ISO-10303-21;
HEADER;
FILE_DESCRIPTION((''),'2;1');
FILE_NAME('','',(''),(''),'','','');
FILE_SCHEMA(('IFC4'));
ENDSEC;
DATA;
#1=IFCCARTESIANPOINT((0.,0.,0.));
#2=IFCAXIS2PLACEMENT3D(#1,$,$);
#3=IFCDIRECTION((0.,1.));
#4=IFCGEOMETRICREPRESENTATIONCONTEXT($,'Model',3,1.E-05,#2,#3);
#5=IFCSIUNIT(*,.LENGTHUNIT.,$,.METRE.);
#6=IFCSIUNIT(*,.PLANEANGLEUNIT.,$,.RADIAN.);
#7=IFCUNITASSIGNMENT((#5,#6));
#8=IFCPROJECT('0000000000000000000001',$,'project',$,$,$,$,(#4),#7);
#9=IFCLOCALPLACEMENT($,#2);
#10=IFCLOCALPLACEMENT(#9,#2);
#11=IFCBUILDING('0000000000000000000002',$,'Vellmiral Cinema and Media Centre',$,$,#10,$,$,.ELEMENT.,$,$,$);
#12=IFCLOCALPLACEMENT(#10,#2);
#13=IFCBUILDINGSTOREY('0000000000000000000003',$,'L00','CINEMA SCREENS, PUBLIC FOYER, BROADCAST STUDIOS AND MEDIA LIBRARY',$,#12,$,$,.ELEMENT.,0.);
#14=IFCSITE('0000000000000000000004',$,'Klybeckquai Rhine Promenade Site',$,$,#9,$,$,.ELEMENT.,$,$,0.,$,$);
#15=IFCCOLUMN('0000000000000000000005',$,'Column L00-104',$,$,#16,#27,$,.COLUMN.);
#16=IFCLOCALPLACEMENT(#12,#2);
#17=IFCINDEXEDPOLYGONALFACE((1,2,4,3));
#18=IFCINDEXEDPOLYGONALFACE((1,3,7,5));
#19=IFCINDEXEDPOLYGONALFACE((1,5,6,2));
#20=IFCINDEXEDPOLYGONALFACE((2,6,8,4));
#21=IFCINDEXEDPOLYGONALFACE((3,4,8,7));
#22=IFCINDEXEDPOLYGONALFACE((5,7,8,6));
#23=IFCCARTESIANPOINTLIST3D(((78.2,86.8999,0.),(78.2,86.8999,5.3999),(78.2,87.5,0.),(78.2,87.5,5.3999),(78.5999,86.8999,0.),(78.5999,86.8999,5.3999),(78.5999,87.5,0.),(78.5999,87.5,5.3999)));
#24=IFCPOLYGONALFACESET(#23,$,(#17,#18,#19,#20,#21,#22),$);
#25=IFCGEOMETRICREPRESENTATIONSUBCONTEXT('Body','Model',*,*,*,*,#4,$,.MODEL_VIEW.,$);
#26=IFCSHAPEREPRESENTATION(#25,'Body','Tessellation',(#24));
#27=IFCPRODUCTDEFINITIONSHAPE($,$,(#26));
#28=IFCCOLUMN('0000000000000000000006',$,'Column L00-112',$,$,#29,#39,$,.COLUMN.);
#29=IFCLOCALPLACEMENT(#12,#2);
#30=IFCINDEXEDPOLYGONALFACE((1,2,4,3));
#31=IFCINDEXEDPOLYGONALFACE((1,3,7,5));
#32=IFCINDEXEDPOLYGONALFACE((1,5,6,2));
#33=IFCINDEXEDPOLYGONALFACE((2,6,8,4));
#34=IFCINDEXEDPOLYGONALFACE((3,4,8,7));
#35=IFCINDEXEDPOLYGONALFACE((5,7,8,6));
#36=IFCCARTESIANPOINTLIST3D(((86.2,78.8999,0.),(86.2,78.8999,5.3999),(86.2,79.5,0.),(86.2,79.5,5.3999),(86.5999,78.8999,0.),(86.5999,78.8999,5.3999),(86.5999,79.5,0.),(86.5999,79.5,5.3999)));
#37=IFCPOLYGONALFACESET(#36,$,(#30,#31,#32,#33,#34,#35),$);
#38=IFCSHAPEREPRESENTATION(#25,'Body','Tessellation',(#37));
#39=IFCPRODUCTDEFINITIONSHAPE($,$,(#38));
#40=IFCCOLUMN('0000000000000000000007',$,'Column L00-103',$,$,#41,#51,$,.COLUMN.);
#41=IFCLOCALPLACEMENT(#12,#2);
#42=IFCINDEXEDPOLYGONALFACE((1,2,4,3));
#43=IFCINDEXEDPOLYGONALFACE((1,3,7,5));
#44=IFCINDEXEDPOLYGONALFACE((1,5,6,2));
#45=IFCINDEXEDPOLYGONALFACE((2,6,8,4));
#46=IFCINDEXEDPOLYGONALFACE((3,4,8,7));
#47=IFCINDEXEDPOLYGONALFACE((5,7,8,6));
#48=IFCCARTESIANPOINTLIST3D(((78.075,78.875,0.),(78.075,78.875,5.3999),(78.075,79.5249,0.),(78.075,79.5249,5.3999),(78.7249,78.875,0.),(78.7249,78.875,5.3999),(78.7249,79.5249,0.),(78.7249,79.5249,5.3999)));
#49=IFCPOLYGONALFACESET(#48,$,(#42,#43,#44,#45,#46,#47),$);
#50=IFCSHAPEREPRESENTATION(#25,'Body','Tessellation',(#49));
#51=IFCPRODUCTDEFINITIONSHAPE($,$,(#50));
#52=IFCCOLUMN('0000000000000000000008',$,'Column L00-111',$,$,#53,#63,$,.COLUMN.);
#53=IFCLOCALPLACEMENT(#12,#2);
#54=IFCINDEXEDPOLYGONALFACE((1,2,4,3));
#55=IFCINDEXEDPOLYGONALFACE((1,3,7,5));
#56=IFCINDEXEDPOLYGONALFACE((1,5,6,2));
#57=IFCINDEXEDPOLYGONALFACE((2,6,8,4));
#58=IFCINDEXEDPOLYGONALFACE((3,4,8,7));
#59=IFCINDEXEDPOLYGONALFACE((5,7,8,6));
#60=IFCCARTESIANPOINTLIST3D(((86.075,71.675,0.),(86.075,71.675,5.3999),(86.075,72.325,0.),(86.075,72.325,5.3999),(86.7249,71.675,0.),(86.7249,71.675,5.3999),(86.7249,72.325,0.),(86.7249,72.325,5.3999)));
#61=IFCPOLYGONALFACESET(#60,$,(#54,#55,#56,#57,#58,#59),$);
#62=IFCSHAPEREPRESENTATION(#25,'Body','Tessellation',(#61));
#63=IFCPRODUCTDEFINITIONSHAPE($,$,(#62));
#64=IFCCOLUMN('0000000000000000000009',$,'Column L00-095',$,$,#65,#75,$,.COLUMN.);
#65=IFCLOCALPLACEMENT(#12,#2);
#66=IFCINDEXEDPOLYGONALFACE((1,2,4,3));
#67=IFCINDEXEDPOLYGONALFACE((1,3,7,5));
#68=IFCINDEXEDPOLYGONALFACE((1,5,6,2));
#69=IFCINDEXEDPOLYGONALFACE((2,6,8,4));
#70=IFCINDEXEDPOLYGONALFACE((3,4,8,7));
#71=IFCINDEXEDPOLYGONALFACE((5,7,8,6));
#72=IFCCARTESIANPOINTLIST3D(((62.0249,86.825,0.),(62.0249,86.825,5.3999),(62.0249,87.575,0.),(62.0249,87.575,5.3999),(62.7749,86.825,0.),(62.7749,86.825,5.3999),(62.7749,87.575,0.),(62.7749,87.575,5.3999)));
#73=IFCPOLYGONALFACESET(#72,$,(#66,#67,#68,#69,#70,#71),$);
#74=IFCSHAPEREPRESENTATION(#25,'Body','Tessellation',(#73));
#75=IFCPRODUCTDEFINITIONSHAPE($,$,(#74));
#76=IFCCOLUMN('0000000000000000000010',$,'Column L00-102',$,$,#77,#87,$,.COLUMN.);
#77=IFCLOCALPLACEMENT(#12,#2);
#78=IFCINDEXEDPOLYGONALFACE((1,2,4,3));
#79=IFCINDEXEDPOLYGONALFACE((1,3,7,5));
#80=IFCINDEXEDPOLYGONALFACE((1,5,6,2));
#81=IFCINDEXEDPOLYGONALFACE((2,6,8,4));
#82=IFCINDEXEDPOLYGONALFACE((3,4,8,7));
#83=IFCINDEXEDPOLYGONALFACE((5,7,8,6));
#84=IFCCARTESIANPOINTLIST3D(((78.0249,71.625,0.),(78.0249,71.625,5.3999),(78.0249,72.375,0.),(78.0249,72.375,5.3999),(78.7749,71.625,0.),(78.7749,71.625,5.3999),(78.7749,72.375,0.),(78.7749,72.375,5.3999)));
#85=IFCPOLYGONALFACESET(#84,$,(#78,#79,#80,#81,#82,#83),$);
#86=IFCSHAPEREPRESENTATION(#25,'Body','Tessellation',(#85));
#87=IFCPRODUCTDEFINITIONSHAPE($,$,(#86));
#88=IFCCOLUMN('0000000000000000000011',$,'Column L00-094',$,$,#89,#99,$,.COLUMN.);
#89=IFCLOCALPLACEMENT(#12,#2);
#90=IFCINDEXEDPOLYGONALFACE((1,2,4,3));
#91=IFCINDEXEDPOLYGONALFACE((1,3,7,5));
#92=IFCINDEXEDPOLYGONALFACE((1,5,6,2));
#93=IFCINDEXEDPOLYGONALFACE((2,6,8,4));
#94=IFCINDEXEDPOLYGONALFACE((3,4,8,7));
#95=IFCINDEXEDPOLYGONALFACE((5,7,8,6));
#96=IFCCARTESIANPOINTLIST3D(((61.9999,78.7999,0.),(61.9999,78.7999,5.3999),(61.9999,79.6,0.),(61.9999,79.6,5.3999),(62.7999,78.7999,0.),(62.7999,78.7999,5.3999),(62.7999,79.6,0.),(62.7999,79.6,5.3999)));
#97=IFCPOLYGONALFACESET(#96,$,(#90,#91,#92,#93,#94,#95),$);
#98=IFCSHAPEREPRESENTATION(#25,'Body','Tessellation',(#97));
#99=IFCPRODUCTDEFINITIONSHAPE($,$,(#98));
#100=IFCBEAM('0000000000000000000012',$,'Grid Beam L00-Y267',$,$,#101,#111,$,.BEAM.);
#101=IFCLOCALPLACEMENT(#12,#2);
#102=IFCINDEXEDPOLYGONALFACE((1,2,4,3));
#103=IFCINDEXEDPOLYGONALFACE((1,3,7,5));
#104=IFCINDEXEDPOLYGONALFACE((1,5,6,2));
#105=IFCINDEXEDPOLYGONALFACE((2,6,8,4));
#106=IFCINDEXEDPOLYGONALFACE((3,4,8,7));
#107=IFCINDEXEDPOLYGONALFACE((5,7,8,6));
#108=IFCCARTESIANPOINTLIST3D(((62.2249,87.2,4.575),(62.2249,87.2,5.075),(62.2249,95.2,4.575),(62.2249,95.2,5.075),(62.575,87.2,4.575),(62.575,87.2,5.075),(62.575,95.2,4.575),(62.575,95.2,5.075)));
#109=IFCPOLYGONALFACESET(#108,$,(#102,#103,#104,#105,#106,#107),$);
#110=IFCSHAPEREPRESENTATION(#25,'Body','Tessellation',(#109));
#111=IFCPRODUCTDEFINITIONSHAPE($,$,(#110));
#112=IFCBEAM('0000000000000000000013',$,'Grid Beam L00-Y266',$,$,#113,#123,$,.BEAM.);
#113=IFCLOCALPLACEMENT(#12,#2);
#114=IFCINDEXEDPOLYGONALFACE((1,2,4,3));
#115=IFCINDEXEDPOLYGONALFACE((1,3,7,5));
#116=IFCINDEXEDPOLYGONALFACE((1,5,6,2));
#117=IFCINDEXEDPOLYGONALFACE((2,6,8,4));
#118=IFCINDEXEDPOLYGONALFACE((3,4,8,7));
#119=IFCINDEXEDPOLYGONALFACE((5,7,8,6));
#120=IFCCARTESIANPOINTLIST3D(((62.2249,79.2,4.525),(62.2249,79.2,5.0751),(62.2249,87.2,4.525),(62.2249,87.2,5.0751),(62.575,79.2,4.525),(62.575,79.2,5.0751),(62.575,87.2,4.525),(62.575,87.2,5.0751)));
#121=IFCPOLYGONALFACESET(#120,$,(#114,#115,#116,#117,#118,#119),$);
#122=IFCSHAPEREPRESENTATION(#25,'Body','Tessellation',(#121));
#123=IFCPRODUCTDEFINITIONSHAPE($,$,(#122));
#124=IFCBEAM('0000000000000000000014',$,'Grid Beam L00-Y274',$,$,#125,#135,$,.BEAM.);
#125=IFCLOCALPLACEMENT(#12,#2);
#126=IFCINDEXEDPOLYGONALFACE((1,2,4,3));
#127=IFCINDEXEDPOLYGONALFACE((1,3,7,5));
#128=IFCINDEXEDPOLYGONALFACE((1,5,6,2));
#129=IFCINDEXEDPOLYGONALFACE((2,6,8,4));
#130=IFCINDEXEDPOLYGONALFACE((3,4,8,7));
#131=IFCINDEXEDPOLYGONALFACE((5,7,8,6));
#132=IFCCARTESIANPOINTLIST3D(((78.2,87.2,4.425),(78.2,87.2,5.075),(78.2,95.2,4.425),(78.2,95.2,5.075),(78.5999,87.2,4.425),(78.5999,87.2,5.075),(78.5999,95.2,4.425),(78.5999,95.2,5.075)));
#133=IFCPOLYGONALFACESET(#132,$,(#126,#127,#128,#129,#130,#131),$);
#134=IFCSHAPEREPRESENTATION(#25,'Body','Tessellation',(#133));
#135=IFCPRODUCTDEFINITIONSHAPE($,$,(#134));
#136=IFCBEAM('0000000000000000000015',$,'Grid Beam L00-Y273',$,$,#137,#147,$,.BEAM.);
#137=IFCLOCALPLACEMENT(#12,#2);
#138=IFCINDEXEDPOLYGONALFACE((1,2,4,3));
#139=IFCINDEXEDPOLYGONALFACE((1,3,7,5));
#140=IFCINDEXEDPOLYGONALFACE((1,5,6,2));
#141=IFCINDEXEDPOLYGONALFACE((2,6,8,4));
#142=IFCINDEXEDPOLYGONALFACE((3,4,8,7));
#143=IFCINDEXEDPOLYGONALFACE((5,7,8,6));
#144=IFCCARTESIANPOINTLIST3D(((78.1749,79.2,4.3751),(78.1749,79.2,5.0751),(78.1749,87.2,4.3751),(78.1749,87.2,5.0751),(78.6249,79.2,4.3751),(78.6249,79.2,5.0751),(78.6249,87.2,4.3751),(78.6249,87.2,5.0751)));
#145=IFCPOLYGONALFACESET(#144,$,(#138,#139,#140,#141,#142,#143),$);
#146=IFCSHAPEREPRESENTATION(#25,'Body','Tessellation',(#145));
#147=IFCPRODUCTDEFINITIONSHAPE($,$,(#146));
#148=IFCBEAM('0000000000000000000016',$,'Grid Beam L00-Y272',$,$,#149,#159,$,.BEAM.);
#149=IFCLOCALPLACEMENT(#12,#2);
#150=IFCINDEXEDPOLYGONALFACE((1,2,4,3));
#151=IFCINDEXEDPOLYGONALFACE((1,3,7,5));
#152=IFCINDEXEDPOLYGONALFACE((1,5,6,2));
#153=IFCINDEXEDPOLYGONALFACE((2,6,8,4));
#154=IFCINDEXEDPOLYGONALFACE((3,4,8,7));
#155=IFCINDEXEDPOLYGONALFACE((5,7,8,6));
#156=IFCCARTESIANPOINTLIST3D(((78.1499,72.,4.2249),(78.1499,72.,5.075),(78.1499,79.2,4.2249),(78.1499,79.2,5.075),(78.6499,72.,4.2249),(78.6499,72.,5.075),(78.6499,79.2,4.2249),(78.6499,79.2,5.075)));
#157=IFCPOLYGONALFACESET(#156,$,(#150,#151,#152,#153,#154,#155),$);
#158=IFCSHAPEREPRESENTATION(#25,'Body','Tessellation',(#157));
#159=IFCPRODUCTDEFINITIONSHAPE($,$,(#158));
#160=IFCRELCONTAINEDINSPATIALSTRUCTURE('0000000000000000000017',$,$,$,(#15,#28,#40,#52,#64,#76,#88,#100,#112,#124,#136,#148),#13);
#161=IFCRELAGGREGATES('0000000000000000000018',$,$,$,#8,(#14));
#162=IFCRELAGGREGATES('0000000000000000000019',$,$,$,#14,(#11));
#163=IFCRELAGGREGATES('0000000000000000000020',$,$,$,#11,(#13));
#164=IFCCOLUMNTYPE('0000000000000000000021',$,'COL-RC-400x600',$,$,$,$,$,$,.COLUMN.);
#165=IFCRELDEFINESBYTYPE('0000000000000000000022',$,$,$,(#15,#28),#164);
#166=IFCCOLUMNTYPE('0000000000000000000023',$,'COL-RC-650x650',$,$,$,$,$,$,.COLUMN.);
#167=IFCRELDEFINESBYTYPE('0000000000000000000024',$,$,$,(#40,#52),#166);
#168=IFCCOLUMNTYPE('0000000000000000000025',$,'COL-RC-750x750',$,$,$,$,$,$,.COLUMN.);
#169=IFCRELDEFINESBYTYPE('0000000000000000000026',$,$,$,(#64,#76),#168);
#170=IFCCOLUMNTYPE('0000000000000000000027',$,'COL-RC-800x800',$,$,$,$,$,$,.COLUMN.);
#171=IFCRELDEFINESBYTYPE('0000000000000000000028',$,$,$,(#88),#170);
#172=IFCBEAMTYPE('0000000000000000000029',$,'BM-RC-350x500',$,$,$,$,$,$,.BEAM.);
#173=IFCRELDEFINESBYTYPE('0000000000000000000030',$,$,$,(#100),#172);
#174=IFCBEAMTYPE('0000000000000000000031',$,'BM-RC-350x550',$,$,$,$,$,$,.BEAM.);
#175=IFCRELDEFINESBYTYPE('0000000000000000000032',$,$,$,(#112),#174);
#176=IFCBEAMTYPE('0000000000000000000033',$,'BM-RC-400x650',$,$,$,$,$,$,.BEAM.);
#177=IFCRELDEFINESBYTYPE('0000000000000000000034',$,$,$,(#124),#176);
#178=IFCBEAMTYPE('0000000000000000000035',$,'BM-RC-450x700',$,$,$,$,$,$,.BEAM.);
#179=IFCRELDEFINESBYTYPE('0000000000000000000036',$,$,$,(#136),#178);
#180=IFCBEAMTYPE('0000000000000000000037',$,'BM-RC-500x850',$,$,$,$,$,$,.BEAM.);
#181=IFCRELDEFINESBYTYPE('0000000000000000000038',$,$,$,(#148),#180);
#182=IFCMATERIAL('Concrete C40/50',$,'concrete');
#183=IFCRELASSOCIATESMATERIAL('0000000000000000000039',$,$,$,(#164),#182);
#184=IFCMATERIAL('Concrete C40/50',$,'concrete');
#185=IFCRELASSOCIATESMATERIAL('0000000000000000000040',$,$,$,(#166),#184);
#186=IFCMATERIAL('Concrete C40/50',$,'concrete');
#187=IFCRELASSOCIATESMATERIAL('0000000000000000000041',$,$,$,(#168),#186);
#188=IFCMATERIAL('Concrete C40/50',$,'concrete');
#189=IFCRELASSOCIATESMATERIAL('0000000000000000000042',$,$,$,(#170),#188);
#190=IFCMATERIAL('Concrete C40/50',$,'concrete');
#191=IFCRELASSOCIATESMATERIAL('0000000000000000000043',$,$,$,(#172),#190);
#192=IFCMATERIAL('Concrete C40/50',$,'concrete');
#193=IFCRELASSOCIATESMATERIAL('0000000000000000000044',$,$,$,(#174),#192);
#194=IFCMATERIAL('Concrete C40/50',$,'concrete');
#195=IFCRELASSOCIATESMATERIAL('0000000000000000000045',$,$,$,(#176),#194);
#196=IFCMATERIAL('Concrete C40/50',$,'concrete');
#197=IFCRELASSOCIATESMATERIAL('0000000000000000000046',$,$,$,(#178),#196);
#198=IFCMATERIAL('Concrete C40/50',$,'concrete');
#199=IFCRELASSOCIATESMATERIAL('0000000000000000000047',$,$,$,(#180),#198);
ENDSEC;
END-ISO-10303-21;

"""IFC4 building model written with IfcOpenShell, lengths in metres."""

from ifc_helpers import new_model, si_unit, direction, frame, origin, origin_2d, place, context, subcontext, project, spatial, rectangle, extrude, material, material_profile, profile_set, type_object, element, save


model = new_model("IFC4")

# Units and contexts
model_context = context("Model", 3, precision=1e-05, world=origin(), true_north=direction((0.0, 1.0)))
body_context = subcontext(model_context, "Body", "Model", "MODEL_VIEW")
ifc_project = project(units=[si_unit("LENGTHUNIT", "METRE"), si_unit("PLANEANGLEUNIT", "RADIAN")], contexts=[model_context])

# Site, building, storey
site_placement = place(None, origin())
site = spatial("IfcSite", under=ifc_project, at=site_placement, Name="Klybeckquai Rhine Promenade Site", CompositionType="ELEMENT", RefElevation=0.0)
building_placement = place(site_placement, origin())
building = spatial("IfcBuilding", under=site, at=building_placement, Name="Vellmiral Cinema and Media Centre", CompositionType="ELEMENT")
storey_placement = place(building_placement, origin())
storey = spatial("IfcBuildingStorey", under=building, at=storey_placement, Name="L00", Description="CINEMA SCREENS, PUBLIC FOYER, BROADCAST STUDIOS AND MEDIA LIBRARY", CompositionType="ELEMENT", Elevation=0.0)

# Columns
ifc_material_1 = material(Name="Concrete C40/50", Category="concrete")
ifc_material_profile_1 = material_profile(ifc_material_1, rectangle(XDim=0.3999, YDim=0.6001, at=origin_2d()), Name="RC 400x600")
ifc_profile_set_1 = profile_set([ifc_material_profile_1], Name="Concrete C40/50")
column_type_1 = type_object("IfcColumnType", Name="COL-RC-400x600", PredefinedType="COLUMN", material=ifc_profile_set_1)
for number, where, z_axis, x_axis, name in (
    (1, (78.3999, 87.2, 0.0), (0.0, 0.0, 1.0), (1.0, 0.0, 0.0), "Column L00-104"),
    (2, (86.3999, 79.2, 0.0), (0.0, 0.0, 1.0), (1.0, 0.0, 0.0), "Column L00-112"),
):
    element("IfcColumn", number, at=place(storey_placement, frame(where, z_axis=z_axis, x_axis=x_axis)), inside=storey, type_object=column_type_1, Name=name, PredefinedType="COLUMN", context=body_context, shape_type="SweptSolid", body=[
        extrude(rectangle(XDim=0.3999, YDim=0.6001, at=origin_2d()), origin(), (0.0, 0.0, 1.0), 5.3999),
    ])
ifc_material_2 = material(Name="Concrete C40/50", Category="concrete")
ifc_material_profile_2 = material_profile(ifc_material_2, rectangle(XDim=0.6499, YDim=0.6499, at=origin_2d()), Name="RC 650x650")
ifc_profile_set_2 = profile_set([ifc_material_profile_2], Name="Concrete C40/50")
column_type_2 = type_object("IfcColumnType", Name="COL-RC-650x650", PredefinedType="COLUMN", material=ifc_profile_set_2)
for number, where, z_axis, x_axis, name in (
    (3, (78.3999, 79.2, 0.0), (0.0, 0.0, 1.0), (1.0, 0.0, 0.0), "Column L00-103"),
    (4, (86.3999, 72.0, 0.0), (0.0, 0.0, 1.0), (1.0, 0.0, 0.0), "Column L00-111"),
):
    element("IfcColumn", number, at=place(storey_placement, frame(where, z_axis=z_axis, x_axis=x_axis)), inside=storey, type_object=column_type_2, Name=name, PredefinedType="COLUMN", context=body_context, shape_type="SweptSolid", body=[
        extrude(rectangle(XDim=0.6499, YDim=0.6499, at=origin_2d()), origin(), (0.0, 0.0, 1.0), 5.3999),
    ])
ifc_material_3 = material(Name="Concrete C40/50", Category="concrete")
ifc_material_profile_3 = material_profile(ifc_material_3, rectangle(XDim=0.75, YDim=0.75, at=origin_2d()), Name="RC 750x750")
ifc_profile_set_3 = profile_set([ifc_material_profile_3], Name="Concrete C40/50")
column_type_3 = type_object("IfcColumnType", Name="COL-RC-750x750", PredefinedType="COLUMN", material=ifc_profile_set_3)
for number, where, z_axis, x_axis, name in (
    (5, (62.3999, 87.2, 0.0), (0.0, 0.0, 1.0), (1.0, 0.0, 0.0), "Column L00-095"),
    (6, (78.3999, 72.0, 0.0), (0.0, 0.0, 1.0), (1.0, 0.0, 0.0), "Column L00-102"),
):
    element("IfcColumn", number, at=place(storey_placement, frame(where, z_axis=z_axis, x_axis=x_axis)), inside=storey, type_object=column_type_3, Name=name, PredefinedType="COLUMN", context=body_context, shape_type="SweptSolid", body=[
        extrude(rectangle(XDim=0.75, YDim=0.75, at=origin_2d()), origin(), (0.0, 0.0, 1.0), 5.3999),
    ])
ifc_material_4 = material(Name="Concrete C40/50", Category="concrete")
ifc_material_profile_4 = material_profile(ifc_material_4, rectangle(XDim=0.8, YDim=0.8, at=origin_2d()), Name="RC 800x800")
ifc_profile_set_4 = profile_set([ifc_material_profile_4], Name="Concrete C40/50")
column_type_4 = type_object("IfcColumnType", Name="COL-RC-800x800", PredefinedType="COLUMN", material=ifc_profile_set_4)
column_placement = place(storey_placement, frame((62.3999, 79.2, 0.0), z_axis=(0.0, 0.0, 1.0), x_axis=(1.0, 0.0, 0.0)))
element("IfcColumn", 7, at=column_placement, inside=storey, type_object=column_type_4, Name="Column L00-094", PredefinedType="COLUMN", context=body_context, shape_type="SweptSolid", body=[
    extrude(rectangle(XDim=0.8, YDim=0.8, at=origin_2d()), origin(), (0.0, 0.0, 1.0), 5.3999),
])

# Beams
ifc_material_5 = material(Name="Concrete C40/50", Category="concrete")
ifc_material_profile_5 = material_profile(ifc_material_5, rectangle(XDim=0.3501, YDim=0.5, at=origin_2d()), Name="RC 350x500")
ifc_profile_set_5 = profile_set([ifc_material_profile_5], Name="Concrete C40/50")
beam_type_1 = type_object("IfcBeamType", Name="BM-RC-350x500", PredefinedType="BEAM", material=ifc_profile_set_5)
beam_1_placement = place(storey_placement, frame((62.3999, 87.2, 4.825), z_axis=(0.0, 1.0, 0.0), x_axis=(-1.0, 0.0, 0.0)))
element("IfcBeam", 8, at=beam_1_placement, inside=storey, type_object=beam_type_1, Name="Grid Beam L00-Y267", PredefinedType="BEAM", context=body_context, shape_type="SweptSolid", body=[
    extrude(rectangle(XDim=0.3501, YDim=0.5, at=origin_2d()), origin(), (0.0, 0.0, 1.0), 8.0),
])
ifc_material_6 = material(Name="Concrete C40/50", Category="concrete")
ifc_material_profile_6 = material_profile(ifc_material_6, rectangle(XDim=0.3501, YDim=0.55, at=origin_2d()), Name="RC 350x550")
ifc_profile_set_6 = profile_set([ifc_material_profile_6], Name="Concrete C40/50")
beam_type_2 = type_object("IfcBeamType", Name="BM-RC-350x550", PredefinedType="BEAM", material=ifc_profile_set_6)
beam_2_placement = place(storey_placement, frame((62.3999, 79.2, 4.8), z_axis=(0.0, 1.0, 0.0), x_axis=(-1.0, 0.0, 0.0)))
element("IfcBeam", 9, at=beam_2_placement, inside=storey, type_object=beam_type_2, Name="Grid Beam L00-Y266", PredefinedType="BEAM", context=body_context, shape_type="SweptSolid", body=[
    extrude(rectangle(XDim=0.3501, YDim=0.55, at=origin_2d()), origin(), (0.0, 0.0, 1.0), 8.0),
])
ifc_material_7 = material(Name="Concrete C40/50", Category="concrete")
ifc_material_profile_7 = material_profile(ifc_material_7, rectangle(XDim=0.3999, YDim=0.6499, at=origin_2d()), Name="RC 400x650")
ifc_profile_set_7 = profile_set([ifc_material_profile_7], Name="Concrete C40/50")
beam_type_3 = type_object("IfcBeamType", Name="BM-RC-400x650", PredefinedType="BEAM", material=ifc_profile_set_7)
beam_3_placement = place(storey_placement, frame((78.3999, 87.2, 4.75), z_axis=(0.0, 1.0, 0.0), x_axis=(-1.0, 0.0, 0.0)))
element("IfcBeam", 10, at=beam_3_placement, inside=storey, type_object=beam_type_3, Name="Grid Beam L00-Y274", PredefinedType="BEAM", context=body_context, shape_type="SweptSolid", body=[
    extrude(rectangle(XDim=0.3999, YDim=0.6499, at=origin_2d()), origin(), (0.0, 0.0, 1.0), 8.0),
])
ifc_material_8 = material(Name="Concrete C40/50", Category="concrete")
ifc_material_profile_8 = material_profile(ifc_material_8, rectangle(XDim=0.45, YDim=0.7, at=origin_2d()), Name="RC 450x700")
ifc_profile_set_8 = profile_set([ifc_material_profile_8], Name="Concrete C40/50")
beam_type_4 = type_object("IfcBeamType", Name="BM-RC-450x700", PredefinedType="BEAM", material=ifc_profile_set_8)
beam_4_placement = place(storey_placement, frame((78.3999, 79.2, 4.7251), z_axis=(0.0, 1.0, 0.0), x_axis=(-1.0, 0.0, 0.0)))
element("IfcBeam", 11, at=beam_4_placement, inside=storey, type_object=beam_type_4, Name="Grid Beam L00-Y273", PredefinedType="BEAM", context=body_context, shape_type="SweptSolid", body=[
    extrude(rectangle(XDim=0.45, YDim=0.7, at=origin_2d()), origin(), (0.0, 0.0, 1.0), 8.0),
])
ifc_material_9 = material(Name="Concrete C40/50", Category="concrete")
ifc_material_profile_9 = material_profile(ifc_material_9, rectangle(XDim=0.5, YDim=0.8501, at=origin_2d()), Name="RC 500x850")
ifc_profile_set_9 = profile_set([ifc_material_profile_9], Name="Concrete C40/50")
beam_type_5 = type_object("IfcBeamType", Name="BM-RC-500x850", PredefinedType="BEAM", material=ifc_profile_set_9)
beam_5_placement = place(storey_placement, frame((78.3999, 72.0, 4.6499), z_axis=(0.0, 1.0, 0.0), x_axis=(-1.0, 0.0, 0.0)))
element("IfcBeam", 12, at=beam_5_placement, inside=storey, type_object=beam_type_5, Name="Grid Beam L00-Y272", PredefinedType="BEAM", context=body_context, shape_type="SweptSolid", body=[
    extrude(rectangle(XDim=0.5, YDim=0.8501, at=origin_2d()), origin(), (0.0, 0.0, 1.0), 7.2),
])

save(model, "model.ifc")
